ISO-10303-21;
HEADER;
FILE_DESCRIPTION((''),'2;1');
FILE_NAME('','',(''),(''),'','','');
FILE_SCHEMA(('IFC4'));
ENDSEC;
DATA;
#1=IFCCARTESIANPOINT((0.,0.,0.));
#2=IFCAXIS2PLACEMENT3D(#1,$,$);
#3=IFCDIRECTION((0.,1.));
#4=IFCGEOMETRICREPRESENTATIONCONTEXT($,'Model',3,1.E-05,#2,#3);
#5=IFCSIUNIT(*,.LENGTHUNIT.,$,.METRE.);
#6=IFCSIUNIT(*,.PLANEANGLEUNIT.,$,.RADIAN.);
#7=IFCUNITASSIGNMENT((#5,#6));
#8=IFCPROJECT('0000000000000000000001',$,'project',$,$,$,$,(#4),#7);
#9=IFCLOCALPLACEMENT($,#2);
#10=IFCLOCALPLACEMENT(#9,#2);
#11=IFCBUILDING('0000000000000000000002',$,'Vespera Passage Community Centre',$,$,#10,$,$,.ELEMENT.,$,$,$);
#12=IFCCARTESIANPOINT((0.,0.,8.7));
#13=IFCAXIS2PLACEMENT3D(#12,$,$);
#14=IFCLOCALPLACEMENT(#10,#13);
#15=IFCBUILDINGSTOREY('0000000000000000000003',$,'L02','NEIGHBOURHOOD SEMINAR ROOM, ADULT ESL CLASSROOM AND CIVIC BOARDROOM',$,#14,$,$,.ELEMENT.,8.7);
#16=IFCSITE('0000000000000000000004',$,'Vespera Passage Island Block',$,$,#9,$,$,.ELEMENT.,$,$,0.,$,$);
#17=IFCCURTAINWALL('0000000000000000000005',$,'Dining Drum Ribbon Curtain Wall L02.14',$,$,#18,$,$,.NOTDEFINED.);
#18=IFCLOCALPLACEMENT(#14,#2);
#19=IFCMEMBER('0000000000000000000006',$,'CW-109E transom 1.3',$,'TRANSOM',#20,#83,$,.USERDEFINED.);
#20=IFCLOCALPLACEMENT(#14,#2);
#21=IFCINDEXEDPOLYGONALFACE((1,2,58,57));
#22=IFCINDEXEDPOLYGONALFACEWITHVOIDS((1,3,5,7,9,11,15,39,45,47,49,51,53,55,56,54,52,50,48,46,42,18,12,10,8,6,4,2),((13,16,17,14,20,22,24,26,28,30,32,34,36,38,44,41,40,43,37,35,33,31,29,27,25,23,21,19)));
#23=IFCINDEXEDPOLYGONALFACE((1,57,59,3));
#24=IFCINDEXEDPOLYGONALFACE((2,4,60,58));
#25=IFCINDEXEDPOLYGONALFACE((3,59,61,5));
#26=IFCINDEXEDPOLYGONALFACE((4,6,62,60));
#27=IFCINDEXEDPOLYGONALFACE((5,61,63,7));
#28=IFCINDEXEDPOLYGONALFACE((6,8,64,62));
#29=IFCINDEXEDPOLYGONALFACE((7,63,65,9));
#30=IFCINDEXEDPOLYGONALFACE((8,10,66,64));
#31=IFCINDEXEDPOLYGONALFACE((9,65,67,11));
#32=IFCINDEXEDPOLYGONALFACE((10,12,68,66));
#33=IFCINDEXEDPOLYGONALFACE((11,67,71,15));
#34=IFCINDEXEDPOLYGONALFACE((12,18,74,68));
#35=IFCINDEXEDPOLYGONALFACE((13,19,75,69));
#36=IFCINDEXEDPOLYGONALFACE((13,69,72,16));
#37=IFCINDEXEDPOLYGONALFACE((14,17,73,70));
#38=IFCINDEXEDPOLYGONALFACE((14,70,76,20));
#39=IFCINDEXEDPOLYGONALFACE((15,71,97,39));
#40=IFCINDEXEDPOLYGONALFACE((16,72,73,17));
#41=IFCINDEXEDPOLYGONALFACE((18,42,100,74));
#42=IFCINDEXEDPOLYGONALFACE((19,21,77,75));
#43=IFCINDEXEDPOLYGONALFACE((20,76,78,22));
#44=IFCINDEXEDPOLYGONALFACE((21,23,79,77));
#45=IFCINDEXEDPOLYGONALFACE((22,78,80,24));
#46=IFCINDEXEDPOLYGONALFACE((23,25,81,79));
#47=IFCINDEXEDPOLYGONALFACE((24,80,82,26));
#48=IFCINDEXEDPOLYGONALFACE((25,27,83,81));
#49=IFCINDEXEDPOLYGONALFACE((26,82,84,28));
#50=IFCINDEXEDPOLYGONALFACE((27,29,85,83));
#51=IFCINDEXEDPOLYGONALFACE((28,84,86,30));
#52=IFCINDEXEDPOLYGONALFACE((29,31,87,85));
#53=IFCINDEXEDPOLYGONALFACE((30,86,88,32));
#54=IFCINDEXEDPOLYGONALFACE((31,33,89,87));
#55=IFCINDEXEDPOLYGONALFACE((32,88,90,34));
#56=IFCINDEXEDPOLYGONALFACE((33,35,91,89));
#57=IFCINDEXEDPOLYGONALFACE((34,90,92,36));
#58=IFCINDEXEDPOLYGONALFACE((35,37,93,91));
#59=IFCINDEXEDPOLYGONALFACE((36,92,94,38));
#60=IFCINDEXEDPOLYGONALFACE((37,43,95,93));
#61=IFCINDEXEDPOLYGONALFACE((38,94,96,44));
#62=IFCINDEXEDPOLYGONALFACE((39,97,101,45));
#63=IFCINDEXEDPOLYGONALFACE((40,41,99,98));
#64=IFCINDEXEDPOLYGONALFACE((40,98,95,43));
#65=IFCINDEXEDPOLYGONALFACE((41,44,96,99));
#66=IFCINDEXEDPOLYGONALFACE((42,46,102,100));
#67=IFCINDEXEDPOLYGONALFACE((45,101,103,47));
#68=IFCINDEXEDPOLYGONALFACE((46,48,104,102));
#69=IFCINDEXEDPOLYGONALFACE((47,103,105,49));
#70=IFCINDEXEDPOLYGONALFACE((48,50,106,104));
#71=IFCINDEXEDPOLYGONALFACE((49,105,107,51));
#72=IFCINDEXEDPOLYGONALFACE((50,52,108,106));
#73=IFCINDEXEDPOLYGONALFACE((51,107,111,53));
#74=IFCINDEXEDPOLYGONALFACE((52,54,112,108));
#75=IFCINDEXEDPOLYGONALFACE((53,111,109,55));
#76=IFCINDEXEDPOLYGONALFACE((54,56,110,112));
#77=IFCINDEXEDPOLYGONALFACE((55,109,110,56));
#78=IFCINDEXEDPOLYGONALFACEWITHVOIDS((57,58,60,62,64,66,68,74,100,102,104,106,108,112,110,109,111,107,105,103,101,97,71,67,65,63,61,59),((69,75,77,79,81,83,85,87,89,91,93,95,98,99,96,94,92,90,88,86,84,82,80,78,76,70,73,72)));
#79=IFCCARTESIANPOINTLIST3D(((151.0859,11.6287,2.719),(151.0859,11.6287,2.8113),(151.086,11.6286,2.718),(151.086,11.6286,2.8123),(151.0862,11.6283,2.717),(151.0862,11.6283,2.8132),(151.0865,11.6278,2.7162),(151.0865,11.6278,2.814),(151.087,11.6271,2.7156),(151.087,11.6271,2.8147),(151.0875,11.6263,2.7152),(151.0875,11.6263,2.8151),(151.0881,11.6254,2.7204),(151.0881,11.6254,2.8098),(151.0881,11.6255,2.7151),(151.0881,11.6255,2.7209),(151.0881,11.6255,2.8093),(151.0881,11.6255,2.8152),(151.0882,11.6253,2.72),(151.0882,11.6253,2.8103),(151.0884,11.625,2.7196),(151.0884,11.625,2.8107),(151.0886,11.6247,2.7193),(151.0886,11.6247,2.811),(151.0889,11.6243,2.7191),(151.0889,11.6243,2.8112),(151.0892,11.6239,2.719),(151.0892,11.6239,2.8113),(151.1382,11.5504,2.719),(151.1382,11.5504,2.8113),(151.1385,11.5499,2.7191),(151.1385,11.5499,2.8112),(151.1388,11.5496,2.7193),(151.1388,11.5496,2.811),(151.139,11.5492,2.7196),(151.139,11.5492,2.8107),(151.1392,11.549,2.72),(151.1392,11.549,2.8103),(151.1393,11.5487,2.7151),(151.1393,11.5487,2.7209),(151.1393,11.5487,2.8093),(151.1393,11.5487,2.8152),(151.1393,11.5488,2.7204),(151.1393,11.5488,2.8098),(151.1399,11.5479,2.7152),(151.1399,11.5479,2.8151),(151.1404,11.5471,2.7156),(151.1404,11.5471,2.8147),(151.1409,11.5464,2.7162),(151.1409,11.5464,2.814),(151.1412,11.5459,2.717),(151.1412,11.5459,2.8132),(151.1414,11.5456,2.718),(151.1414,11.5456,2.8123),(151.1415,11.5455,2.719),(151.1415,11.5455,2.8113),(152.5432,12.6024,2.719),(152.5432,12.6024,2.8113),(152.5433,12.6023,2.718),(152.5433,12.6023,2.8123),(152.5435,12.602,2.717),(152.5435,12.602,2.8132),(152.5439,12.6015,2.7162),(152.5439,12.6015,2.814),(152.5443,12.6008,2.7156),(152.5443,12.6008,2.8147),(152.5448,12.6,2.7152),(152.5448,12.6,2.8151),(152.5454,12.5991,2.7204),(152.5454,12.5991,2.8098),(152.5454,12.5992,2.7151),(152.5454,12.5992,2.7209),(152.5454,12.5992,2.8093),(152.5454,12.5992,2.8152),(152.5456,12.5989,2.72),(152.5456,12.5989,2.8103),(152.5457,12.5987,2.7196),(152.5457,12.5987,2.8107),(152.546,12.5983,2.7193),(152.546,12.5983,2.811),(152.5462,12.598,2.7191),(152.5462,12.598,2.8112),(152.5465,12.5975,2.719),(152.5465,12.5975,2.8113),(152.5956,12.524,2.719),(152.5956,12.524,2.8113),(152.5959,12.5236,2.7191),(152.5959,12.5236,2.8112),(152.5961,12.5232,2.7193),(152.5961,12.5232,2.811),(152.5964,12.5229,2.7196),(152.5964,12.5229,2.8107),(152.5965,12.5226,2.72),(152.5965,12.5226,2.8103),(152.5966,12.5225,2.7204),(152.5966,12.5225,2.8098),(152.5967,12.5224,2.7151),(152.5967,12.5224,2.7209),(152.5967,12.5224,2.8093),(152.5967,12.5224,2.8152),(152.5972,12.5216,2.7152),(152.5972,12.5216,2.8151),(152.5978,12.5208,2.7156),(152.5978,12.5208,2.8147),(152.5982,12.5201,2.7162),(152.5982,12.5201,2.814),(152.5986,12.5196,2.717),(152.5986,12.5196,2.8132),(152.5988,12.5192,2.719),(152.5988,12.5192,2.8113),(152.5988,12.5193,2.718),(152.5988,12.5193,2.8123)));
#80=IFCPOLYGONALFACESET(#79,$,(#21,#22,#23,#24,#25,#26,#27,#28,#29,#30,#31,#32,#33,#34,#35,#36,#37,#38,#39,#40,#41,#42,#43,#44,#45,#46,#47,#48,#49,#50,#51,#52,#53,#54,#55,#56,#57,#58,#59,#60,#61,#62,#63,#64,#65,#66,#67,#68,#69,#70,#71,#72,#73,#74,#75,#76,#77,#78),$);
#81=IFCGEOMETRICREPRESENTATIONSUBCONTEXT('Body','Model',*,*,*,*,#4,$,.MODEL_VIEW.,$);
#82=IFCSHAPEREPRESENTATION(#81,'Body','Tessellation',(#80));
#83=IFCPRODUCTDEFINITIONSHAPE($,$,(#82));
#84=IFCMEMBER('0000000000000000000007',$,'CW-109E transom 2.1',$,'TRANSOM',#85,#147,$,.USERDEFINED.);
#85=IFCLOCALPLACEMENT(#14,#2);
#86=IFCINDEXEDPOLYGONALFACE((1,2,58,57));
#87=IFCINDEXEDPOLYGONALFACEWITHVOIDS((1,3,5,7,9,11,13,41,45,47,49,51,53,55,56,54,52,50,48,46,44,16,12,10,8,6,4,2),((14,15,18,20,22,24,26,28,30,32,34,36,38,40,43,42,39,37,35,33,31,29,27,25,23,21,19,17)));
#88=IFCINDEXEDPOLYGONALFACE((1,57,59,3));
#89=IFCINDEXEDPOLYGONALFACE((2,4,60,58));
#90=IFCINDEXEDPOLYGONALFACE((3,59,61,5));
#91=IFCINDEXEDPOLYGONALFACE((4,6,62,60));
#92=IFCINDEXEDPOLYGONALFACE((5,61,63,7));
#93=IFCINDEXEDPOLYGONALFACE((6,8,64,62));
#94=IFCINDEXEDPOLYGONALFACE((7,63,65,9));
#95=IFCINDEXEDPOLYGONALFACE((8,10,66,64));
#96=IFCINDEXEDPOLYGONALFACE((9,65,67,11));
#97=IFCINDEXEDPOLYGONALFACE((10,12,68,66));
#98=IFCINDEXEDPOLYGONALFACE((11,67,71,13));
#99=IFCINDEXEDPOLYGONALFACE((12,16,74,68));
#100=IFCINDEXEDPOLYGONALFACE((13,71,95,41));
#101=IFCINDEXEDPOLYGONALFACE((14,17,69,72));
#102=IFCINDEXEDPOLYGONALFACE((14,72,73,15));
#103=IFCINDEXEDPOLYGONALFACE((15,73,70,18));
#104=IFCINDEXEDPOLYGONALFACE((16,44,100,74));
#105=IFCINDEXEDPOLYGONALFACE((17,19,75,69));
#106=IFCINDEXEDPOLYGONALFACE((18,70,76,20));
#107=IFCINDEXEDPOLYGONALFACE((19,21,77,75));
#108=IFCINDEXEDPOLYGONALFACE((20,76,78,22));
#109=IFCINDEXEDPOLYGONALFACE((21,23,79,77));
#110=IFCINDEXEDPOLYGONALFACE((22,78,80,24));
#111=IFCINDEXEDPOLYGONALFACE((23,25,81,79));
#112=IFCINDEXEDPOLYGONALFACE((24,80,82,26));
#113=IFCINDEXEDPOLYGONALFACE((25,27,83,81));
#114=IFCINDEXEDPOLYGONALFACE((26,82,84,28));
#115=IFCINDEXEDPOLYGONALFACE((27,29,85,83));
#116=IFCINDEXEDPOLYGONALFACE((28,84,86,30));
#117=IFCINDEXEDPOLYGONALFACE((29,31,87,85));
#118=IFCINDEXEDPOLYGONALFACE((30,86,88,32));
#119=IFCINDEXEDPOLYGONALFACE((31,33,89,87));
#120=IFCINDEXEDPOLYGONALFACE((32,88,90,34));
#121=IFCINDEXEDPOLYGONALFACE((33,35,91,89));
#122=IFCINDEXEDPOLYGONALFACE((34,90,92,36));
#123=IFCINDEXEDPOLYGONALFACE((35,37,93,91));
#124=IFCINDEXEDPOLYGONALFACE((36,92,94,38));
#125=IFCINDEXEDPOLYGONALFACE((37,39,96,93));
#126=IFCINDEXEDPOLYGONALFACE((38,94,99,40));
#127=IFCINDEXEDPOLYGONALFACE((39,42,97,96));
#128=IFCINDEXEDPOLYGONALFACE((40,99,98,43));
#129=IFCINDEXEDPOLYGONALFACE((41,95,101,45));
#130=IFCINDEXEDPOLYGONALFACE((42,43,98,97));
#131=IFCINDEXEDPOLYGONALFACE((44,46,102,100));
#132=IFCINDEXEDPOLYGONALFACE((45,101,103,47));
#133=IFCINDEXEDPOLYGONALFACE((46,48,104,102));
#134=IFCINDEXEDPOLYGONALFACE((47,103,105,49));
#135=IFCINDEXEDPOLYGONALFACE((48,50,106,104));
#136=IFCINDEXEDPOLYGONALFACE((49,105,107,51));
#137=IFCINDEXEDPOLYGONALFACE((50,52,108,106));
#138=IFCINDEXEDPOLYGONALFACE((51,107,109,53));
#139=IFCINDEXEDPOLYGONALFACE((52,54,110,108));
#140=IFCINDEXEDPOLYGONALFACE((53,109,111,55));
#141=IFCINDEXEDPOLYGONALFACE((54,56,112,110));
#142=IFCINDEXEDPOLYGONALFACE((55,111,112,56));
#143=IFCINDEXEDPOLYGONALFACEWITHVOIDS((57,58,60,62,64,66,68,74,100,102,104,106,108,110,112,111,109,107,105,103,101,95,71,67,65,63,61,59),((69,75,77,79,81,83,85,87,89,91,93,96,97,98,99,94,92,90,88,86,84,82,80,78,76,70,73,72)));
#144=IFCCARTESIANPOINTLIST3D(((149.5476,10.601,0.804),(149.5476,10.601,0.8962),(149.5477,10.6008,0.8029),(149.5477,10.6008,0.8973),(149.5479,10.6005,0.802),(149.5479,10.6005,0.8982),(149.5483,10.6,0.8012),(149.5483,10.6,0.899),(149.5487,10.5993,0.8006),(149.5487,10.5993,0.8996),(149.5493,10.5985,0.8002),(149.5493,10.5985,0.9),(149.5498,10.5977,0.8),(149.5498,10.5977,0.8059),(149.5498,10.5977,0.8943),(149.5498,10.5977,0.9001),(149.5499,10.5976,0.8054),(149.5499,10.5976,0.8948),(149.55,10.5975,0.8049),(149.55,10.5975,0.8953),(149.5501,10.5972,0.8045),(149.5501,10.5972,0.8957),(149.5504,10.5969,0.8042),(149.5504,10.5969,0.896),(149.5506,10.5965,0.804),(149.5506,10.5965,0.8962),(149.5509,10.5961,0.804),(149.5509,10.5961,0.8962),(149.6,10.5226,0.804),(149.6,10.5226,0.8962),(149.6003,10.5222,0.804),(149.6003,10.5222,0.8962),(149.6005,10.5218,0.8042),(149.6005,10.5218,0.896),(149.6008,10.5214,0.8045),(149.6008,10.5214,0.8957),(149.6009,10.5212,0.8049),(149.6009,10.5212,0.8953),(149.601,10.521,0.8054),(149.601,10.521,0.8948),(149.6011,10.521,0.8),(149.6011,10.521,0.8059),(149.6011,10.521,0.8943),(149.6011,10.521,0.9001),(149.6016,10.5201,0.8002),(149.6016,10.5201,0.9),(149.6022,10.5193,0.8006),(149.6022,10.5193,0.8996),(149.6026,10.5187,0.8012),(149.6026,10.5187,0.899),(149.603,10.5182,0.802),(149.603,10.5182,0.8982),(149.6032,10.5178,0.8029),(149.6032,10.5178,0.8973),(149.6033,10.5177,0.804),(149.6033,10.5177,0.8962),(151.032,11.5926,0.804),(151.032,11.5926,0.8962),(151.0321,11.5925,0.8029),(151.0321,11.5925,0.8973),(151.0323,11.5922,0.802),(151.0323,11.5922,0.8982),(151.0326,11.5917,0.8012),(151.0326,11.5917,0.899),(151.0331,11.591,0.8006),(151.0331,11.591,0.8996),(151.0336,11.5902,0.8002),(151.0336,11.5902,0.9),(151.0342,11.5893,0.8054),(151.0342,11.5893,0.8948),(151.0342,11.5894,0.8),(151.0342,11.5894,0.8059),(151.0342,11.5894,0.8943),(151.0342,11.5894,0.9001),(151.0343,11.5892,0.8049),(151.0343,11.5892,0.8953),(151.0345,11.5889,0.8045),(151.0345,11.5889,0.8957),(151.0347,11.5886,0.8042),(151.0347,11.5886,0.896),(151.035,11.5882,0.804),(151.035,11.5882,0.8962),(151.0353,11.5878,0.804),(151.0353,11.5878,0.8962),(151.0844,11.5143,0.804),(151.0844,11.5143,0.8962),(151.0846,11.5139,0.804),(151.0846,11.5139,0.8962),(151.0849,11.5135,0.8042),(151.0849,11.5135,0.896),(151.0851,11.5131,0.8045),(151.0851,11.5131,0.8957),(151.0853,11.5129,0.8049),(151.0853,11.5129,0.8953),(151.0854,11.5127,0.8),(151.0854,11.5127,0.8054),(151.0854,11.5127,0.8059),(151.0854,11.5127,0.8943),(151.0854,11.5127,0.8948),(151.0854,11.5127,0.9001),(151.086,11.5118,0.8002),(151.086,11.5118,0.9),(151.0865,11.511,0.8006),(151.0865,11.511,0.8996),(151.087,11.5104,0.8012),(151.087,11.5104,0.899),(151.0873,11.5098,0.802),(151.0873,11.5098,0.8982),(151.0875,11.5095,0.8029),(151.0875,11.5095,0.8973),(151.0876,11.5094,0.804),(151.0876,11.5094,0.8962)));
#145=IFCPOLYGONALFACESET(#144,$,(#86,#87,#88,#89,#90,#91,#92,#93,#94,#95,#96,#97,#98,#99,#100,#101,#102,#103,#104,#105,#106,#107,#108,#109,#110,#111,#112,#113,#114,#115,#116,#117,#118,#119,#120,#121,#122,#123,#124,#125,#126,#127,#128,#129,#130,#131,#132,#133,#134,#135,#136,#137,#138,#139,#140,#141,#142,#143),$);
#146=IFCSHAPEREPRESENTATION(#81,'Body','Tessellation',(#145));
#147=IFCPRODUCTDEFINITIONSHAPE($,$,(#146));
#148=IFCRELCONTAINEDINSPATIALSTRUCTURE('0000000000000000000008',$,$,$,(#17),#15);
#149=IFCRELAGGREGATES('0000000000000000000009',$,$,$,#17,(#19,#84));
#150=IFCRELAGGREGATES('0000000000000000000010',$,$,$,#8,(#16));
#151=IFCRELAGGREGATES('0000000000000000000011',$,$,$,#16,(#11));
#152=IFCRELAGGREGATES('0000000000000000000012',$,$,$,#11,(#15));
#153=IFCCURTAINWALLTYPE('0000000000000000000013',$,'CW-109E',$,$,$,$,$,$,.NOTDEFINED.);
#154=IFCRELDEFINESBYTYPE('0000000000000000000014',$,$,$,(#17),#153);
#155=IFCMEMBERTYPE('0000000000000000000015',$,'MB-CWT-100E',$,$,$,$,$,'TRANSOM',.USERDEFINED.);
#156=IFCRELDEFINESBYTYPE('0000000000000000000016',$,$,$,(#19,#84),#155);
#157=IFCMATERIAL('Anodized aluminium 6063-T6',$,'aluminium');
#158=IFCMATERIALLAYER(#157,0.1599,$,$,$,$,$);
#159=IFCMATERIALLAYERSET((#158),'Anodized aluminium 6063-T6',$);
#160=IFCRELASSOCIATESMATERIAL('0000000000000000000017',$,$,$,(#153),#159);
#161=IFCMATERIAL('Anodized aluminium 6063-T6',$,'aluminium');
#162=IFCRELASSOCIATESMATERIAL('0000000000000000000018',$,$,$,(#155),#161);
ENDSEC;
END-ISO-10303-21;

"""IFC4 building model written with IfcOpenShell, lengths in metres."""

from ifc_helpers import new_model, si_unit, direction, frame, origin, origin_2d, place, context, subcontext, project, spatial, hollow_rectangle, extrude, material, layer, layer_set, material_profile, profile_set, type_object, element, aggregate, save


model = new_model("IFC4")

# Units and contexts
model_context = context("Model", 3, precision=1e-05, world=origin(), true_north=direction((0.0, 1.0)))
body_context = subcontext(model_context, "Body", "Model", "MODEL_VIEW")
ifc_project = project(units=[si_unit("LENGTHUNIT", "METRE"), si_unit("PLANEANGLEUNIT", "RADIAN")], contexts=[model_context])

# Site, building, storey
site_placement = place(None, origin())
site = spatial("IfcSite", under=ifc_project, at=site_placement, Name="Vespera Passage Island Block", CompositionType="ELEMENT", RefElevation=0.0)
building_placement = place(site_placement, origin())
building = spatial("IfcBuilding", under=site, at=building_placement, Name="Vespera Passage Community Centre", CompositionType="ELEMENT")
storey_placement = place(building_placement, frame((0.0, 0.0, 8.7)))
storey = spatial("IfcBuildingStorey", under=building, at=storey_placement, Name="L02", Description="NEIGHBOURHOOD SEMINAR ROOM, ADULT ESL CLASSROOM AND CIVIC BOARDROOM", CompositionType="ELEMENT", Elevation=8.7)

# Curtain wall
ifc_material_1 = material(Name="Anodized aluminium 6063-T6", Category="aluminium")
ifc_layer_1 = layer(ifc_material_1, 0.1599)
ifc_layer_set_1 = layer_set([ifc_layer_1], Name="Anodized aluminium 6063-T6")
curtain_wall_type_1 = type_object("IfcCurtainWallType", Name="CW-109E", PredefinedType="NOTDEFINED", material=ifc_layer_set_1)
curtain_wall_1_placement = place(storey_placement, origin())
curtain_wall_1 = element("IfcCurtainWall", 1, at=curtain_wall_1_placement, inside=storey, type_object=curtain_wall_type_1, Name="Dining Drum Ribbon Curtain Wall L02.14", PredefinedType="NOTDEFINED")

# Members
ifc_material_2 = material(Name="Anodized aluminium 6063-T6", Category="aluminium")
ifc_material_profile_1 = material_profile(ifc_material_2, hollow_rectangle(XDim=0.1001, YDim=0.1001, WallThickness=0.0039, InnerFilletRadius=0.002, OuterFilletRadius=0.0039, at=origin_2d()), Name="ALU100X100X4")
ifc_profile_set_1 = profile_set([ifc_material_profile_1], Name="Anodized aluminium 6063-T6")
member_type_1 = type_object("IfcMemberType", Name="MB-CWT-100E", ElementType="TRANSOM", PredefinedType="USERDEFINED", material=ifc_profile_set_1)
member_1_placement = place(storey_placement, frame((152.571, 12.5608, 2.7651), z_axis=(-0.831493, -0.555536, 0.0), x_axis=(0.555536, -0.831493, 0.0)))
member_1 = element("IfcMember", 2, at=member_1_placement, type_object=member_type_1, Name="CW-109E transom 1.3", ObjectType="TRANSOM", PredefinedType="USERDEFINED", context=body_context, shape_type="SweptSolid", body=[
    extrude(hollow_rectangle(XDim=0.1001, YDim=0.1001, WallThickness=0.0039, InnerFilletRadius=0.002, OuterFilletRadius=0.0039, at=origin_2d()), origin(), (0.0, 0.0, 1.0), 1.7527),
])
member_2_placement = place(storey_placement, frame((151.0598, 11.551, 0.8501), z_axis=(-0.831503, -0.55552, 0.0), x_axis=(0.55552, -0.831503, 0.0)))
member_2 = element("IfcMember", 3, at=member_2_placement, type_object=member_type_1, Name="CW-109E transom 2.1", ObjectType="TRANSOM", PredefinedType="USERDEFINED", context=body_context, shape_type="SweptSolid", body=[
    extrude(hollow_rectangle(XDim=0.1001, YDim=0.1001, WallThickness=0.0039, InnerFilletRadius=0.002, OuterFilletRadius=0.0039, at=origin_2d()), origin(), (0.0, 0.0, 1.0), 1.7852),
])

aggregate(curtain_wall_1, [member_1, member_2])

save(model, "model.ifc")
